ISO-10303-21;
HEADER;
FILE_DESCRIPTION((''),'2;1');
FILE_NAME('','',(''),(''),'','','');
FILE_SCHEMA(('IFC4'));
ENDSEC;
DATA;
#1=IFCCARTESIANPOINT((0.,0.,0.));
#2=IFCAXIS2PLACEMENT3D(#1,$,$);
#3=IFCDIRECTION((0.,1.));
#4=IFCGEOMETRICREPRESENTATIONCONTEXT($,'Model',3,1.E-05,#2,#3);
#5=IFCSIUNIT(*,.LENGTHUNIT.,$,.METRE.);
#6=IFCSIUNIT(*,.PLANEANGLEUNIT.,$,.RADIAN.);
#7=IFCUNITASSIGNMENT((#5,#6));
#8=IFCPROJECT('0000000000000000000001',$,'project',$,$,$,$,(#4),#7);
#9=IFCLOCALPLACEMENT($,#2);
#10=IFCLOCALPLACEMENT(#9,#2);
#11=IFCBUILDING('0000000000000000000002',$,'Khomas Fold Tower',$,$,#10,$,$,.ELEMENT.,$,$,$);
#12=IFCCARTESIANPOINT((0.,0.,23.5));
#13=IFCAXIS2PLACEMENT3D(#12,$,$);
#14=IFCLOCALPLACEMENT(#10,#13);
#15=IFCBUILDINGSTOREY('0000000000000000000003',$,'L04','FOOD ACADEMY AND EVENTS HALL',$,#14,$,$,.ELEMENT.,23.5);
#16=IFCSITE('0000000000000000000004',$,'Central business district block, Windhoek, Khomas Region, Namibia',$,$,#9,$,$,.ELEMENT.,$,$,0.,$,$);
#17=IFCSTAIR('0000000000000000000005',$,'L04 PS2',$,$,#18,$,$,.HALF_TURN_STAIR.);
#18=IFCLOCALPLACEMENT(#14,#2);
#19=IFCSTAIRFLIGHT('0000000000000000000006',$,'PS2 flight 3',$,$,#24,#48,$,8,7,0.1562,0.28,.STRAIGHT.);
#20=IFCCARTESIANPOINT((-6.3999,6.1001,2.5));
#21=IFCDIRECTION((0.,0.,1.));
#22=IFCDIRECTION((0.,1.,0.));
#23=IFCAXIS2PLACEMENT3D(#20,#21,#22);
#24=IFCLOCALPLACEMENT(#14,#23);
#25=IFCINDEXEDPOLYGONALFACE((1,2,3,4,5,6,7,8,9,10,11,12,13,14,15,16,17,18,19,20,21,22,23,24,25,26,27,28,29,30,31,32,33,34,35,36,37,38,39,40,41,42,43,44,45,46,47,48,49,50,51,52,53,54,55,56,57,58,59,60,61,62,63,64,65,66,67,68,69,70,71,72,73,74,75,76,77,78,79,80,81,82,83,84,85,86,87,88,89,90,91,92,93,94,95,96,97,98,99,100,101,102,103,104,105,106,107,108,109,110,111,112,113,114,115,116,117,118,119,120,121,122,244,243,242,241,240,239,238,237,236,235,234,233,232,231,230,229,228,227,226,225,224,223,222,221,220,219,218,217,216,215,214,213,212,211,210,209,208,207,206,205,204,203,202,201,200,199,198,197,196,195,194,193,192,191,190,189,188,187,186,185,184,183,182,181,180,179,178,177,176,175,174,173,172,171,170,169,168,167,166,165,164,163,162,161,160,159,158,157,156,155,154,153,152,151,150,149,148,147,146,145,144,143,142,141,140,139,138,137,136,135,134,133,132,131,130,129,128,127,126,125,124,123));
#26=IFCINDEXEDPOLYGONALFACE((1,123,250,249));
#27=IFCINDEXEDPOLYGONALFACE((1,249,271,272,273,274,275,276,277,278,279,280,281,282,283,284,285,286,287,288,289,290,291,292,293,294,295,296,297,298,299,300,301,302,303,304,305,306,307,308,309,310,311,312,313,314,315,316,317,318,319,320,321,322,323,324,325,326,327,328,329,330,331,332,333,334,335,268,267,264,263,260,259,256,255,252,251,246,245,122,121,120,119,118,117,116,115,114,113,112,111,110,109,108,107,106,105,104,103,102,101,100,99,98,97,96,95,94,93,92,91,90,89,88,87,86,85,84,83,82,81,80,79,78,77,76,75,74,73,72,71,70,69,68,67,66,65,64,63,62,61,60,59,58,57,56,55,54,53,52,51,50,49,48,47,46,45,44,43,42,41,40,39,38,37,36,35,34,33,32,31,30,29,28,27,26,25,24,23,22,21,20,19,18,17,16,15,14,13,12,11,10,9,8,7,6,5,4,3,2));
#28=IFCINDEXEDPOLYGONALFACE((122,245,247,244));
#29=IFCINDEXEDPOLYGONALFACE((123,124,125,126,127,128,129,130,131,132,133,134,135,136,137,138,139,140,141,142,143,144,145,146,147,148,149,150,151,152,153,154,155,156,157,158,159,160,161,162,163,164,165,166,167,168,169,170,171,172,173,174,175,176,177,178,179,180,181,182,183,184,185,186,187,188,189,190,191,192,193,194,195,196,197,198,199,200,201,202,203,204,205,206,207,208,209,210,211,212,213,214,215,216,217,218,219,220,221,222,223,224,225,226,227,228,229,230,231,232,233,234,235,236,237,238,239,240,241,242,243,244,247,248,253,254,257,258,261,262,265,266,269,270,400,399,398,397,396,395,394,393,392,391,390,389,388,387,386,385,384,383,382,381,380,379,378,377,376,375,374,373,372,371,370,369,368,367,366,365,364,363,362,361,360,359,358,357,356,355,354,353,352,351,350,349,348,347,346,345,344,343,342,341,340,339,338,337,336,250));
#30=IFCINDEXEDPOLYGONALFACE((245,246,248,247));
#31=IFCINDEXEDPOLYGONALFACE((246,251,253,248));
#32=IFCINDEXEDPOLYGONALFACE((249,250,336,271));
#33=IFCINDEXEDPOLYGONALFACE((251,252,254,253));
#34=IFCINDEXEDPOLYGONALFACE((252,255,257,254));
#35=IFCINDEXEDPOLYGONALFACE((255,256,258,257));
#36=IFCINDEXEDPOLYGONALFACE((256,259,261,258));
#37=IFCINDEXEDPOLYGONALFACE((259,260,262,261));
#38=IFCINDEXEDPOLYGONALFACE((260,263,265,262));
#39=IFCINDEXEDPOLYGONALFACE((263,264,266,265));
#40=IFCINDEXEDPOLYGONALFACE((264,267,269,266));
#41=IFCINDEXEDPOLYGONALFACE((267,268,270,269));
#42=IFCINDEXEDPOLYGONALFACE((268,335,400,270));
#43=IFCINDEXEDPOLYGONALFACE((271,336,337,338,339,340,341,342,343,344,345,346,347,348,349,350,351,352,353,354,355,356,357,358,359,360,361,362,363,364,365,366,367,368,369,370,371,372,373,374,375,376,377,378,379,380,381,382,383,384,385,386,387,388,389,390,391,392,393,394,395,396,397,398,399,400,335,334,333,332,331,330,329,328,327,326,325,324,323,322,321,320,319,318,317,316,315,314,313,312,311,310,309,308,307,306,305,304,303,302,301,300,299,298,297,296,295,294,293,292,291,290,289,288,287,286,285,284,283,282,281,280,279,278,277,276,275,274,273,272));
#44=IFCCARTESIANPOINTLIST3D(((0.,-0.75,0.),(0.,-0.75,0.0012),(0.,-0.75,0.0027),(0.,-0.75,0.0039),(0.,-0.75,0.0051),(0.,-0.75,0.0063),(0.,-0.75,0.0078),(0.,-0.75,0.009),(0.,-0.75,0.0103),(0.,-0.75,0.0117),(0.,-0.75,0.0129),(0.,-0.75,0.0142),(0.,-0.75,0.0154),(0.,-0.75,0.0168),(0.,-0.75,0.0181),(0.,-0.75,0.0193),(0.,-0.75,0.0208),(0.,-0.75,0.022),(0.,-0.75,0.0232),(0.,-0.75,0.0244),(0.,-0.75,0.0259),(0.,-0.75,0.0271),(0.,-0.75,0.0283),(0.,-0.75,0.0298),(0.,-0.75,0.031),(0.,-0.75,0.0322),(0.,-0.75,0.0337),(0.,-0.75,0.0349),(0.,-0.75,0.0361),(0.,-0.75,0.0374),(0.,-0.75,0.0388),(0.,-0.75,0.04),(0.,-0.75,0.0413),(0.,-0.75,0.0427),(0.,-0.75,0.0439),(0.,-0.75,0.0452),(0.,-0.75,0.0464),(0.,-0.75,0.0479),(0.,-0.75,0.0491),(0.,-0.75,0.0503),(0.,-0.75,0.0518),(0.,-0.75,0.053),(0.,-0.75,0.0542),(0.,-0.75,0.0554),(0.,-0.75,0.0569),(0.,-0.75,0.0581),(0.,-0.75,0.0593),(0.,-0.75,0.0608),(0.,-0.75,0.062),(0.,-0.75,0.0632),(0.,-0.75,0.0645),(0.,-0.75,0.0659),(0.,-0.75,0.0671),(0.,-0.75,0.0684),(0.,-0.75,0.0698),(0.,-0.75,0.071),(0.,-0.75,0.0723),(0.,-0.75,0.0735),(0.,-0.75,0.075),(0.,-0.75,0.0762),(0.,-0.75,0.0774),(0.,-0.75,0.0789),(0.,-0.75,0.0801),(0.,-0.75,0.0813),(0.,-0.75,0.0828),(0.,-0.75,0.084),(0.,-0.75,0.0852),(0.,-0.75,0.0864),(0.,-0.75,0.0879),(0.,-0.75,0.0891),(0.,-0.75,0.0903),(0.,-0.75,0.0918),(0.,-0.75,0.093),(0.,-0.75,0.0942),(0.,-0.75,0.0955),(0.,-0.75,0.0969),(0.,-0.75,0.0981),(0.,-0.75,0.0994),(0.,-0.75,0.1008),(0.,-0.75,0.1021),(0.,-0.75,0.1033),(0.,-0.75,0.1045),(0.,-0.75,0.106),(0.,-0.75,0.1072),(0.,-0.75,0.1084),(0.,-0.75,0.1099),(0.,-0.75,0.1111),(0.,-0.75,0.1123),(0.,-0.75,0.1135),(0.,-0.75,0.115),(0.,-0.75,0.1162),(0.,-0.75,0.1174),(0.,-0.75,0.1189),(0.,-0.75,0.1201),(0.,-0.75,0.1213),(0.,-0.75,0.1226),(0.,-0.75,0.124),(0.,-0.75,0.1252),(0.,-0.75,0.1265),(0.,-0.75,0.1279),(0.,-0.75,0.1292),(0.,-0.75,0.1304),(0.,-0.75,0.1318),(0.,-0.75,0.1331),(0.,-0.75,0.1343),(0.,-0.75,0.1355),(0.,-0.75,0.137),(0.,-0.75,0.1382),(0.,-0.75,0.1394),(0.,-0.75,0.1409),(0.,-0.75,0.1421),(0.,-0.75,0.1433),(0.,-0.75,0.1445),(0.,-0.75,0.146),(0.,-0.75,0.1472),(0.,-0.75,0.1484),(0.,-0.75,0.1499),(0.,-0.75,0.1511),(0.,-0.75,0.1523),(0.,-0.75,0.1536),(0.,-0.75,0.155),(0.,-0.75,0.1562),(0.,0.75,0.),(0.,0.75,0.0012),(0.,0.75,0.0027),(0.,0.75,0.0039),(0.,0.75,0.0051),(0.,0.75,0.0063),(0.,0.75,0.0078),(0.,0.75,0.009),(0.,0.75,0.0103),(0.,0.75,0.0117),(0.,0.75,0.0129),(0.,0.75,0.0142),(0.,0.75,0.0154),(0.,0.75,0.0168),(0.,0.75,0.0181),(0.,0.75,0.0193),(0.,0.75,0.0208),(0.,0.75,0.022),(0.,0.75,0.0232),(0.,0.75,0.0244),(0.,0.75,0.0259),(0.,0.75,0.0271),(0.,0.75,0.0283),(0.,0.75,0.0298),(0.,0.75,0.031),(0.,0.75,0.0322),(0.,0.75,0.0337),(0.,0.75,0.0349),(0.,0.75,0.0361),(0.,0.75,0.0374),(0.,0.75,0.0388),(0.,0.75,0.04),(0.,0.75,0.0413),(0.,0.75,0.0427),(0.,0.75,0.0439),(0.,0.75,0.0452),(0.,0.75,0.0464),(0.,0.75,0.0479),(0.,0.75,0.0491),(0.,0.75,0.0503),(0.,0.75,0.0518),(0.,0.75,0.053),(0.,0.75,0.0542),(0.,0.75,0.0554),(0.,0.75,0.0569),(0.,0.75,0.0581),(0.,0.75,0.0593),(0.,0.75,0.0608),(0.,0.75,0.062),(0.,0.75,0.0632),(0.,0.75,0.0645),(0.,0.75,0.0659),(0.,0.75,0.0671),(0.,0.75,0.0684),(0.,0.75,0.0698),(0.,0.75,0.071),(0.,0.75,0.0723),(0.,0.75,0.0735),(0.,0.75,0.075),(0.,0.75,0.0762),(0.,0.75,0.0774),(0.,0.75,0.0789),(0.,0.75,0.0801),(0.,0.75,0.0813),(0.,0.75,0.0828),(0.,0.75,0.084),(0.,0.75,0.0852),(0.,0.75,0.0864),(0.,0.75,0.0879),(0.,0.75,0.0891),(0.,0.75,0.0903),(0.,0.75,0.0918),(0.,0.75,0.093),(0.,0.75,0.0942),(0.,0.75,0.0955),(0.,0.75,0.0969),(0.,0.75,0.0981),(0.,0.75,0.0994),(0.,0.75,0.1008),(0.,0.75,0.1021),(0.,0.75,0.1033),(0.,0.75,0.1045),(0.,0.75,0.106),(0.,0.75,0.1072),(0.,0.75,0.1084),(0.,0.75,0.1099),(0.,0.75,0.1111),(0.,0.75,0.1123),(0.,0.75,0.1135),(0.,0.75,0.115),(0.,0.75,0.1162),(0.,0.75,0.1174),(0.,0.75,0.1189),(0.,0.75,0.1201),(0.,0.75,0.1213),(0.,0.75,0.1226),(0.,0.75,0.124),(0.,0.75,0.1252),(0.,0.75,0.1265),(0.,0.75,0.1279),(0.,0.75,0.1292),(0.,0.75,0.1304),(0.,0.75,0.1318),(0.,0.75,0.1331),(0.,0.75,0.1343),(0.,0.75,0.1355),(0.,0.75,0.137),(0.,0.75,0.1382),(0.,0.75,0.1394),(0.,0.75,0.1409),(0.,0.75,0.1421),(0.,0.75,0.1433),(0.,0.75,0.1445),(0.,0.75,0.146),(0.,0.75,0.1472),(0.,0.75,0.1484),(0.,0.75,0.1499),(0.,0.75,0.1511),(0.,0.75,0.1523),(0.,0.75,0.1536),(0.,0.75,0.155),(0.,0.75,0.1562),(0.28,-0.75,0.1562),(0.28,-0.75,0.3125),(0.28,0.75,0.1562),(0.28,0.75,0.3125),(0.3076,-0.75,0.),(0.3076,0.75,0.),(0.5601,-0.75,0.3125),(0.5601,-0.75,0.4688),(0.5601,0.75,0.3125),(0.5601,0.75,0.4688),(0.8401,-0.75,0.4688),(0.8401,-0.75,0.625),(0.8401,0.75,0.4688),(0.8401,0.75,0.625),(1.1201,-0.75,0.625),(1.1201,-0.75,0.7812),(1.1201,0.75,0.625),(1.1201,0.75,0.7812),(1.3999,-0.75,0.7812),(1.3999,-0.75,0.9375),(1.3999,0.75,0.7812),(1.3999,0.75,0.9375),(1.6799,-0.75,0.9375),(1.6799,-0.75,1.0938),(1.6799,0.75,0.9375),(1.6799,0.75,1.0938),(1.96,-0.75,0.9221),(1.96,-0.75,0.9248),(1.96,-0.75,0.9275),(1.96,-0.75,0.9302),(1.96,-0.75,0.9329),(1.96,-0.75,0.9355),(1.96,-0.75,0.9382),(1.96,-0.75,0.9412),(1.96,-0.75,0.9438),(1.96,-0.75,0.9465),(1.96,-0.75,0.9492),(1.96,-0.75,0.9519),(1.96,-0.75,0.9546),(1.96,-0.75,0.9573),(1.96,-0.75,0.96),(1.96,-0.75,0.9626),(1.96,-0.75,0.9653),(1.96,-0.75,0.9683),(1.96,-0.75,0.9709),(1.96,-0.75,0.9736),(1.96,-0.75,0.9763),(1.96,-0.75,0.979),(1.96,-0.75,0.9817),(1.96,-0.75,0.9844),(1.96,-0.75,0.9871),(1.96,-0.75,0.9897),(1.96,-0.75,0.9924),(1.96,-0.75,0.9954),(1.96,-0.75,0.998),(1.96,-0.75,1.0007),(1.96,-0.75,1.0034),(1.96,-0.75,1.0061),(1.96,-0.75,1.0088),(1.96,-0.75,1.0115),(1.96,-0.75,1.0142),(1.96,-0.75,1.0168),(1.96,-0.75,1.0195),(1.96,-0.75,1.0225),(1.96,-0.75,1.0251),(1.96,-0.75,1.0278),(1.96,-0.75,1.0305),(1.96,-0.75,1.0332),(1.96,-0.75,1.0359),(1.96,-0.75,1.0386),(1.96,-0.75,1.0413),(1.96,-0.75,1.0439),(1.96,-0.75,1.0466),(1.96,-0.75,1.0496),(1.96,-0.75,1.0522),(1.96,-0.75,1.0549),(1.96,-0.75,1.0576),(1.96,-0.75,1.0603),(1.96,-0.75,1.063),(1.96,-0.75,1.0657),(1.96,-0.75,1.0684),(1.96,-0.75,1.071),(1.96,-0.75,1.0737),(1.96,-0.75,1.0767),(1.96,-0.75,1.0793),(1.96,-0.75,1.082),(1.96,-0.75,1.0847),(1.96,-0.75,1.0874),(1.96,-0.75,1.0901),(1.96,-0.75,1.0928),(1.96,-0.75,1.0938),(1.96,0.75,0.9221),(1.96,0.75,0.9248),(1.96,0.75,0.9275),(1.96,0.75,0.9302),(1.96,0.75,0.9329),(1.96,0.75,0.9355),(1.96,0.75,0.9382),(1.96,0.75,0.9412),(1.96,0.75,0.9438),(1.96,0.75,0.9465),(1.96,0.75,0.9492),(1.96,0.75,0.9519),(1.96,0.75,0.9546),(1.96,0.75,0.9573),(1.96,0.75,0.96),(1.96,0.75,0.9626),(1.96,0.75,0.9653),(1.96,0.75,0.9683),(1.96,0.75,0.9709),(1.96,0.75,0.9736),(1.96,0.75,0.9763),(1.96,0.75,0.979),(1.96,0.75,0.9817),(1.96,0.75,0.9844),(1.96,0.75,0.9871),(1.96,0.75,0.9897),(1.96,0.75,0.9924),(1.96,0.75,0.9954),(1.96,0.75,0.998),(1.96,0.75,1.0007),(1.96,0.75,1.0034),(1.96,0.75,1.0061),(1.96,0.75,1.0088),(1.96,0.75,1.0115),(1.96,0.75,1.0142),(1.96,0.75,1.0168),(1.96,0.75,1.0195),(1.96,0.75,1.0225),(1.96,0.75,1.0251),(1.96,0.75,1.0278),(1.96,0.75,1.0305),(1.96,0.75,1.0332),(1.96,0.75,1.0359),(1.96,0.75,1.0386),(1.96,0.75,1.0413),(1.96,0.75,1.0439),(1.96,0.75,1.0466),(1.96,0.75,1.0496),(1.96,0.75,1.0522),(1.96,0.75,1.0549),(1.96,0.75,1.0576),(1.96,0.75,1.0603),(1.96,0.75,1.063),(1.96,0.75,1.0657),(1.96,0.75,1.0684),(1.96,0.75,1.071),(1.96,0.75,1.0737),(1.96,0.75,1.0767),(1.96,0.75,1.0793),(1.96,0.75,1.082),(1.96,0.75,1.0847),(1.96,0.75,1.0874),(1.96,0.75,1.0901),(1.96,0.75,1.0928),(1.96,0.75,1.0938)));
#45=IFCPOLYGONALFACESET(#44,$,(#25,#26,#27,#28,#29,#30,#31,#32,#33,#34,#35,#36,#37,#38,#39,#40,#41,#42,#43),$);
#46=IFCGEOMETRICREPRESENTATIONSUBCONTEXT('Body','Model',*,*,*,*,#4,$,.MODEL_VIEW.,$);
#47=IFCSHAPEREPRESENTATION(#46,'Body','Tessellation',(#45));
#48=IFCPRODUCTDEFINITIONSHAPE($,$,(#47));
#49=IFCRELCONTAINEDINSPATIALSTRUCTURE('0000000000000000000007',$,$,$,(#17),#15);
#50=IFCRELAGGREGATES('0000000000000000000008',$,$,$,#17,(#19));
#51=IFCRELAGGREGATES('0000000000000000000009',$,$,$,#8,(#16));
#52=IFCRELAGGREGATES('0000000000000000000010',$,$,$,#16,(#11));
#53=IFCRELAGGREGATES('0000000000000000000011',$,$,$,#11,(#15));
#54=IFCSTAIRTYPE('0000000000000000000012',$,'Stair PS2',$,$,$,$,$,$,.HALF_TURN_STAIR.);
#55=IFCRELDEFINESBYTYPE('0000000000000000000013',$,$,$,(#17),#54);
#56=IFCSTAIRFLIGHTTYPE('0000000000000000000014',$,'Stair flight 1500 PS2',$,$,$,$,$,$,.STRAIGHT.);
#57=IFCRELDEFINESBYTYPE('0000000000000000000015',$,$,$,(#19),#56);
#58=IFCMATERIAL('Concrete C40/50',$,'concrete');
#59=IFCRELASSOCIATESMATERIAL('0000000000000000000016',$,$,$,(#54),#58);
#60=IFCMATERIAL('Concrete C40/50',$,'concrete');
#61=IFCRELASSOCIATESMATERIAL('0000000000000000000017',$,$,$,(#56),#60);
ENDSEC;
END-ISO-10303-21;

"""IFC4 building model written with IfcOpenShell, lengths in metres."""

from ifc_helpers import new_model, si_unit, direction, frame, origin, place, context, subcontext, project, spatial, polyline, outline, extrude, source, transform, mapped, material, type_object, element, aggregate, save


model = new_model("IFC4")

# Units and contexts
model_context = context("Model", 3, precision=1e-05, world=origin(), true_north=direction((0.0, 1.0)))
body_context = subcontext(model_context, "Body", "Model", "MODEL_VIEW")
ifc_project = project(units=[si_unit("LENGTHUNIT", "METRE"), si_unit("PLANEANGLEUNIT", "RADIAN")], contexts=[model_context])

# Site, building, storey
site_placement = place(None, origin())
site = spatial("IfcSite", under=ifc_project, at=site_placement, Name="Central business district block, Windhoek, Khomas Region, Namibia", CompositionType="ELEMENT", RefElevation=0.0)
building_placement = place(site_placement, origin())
building = spatial("IfcBuilding", under=site, at=building_placement, Name="Khomas Fold Tower", CompositionType="ELEMENT")
storey_placement = place(building_placement, frame((0.0, 0.0, 23.5)))
storey = spatial("IfcBuildingStorey", under=building, at=storey_placement, Name="L04", Description="FOOD ACADEMY AND EVENTS HALL", CompositionType="ELEMENT", Elevation=23.5)

# Stair, stair flight
ifc_material_1 = material(Name="Concrete C40/50", Category="concrete")
stair_type = type_object("IfcStairType", Name="Stair PS2", PredefinedType="HALF_TURN_STAIR", material=ifc_material_1)
stair_placement = place(storey_placement, origin())
stair = element("IfcStair", 1, at=stair_placement, inside=storey, type_object=stair_type, Name="L04 PS2", PredefinedType="HALF_TURN_STAIR")
ifc_material_2 = material(Name="Concrete C40/50", Category="concrete")
stair_flight_type = type_object("IfcStairFlightType", Name="Stair flight 1500 PS2", PredefinedType="STRAIGHT", material=ifc_material_2)
shared_shape_1 = source(origin(), body_context, "Body", "SweptSolid", [
    extrude(outline(polyline([(0.0, 0.0), (0.0, 0.0012), (0.0, 0.0027), (0.0, 0.0039), (0.0, 0.0051), (0.0, 0.0063), (0.0, 0.0078), (0.0, 0.009), (0.0, 0.0103), (0.0, 0.0117), (0.0, 0.0129), (0.0, 0.0142), (0.0, 0.0154), (0.0, 0.0168), (0.0, 0.0181), (0.0, 0.0193), (0.0, 0.0208), (0.0, 0.022), (0.0, 0.0232), (0.0, 0.0244), (0.0, 0.0259), (0.0, 0.0271), (0.0, 0.0283), (0.0, 0.0298), (0.0, 0.031), (0.0, 0.0322), (0.0, 0.0337), (0.0, 0.0349), (0.0, 0.0361), (0.0, 0.0374), (0.0, 0.0388), (0.0, 0.04), (0.0, 0.0413), (0.0, 0.0427), (0.0, 0.0439), (0.0, 0.0452), (0.0, 0.0464), (0.0, 0.0479), (0.0, 0.0491), (0.0, 0.0503), (0.0, 0.0518), (0.0, 0.053), (0.0, 0.0542), (0.0, 0.0554), (0.0, 0.0569), (0.0, 0.0581), (0.0, 0.0593), (0.0, 0.0608), (0.0, 0.062), (0.0, 0.0632), (0.0, 0.0645), (0.0, 0.0659), (0.0, 0.0671), (0.0, 0.0684), (0.0, 0.0698), (0.0, 0.071), (0.0, 0.0723), (0.0, 0.0735), (0.0, 0.075), (0.0, 0.0762), (0.0, 0.0774), (0.0, 0.0789), (0.0, 0.0801), (0.0, 0.0813), (0.0, 0.0828), (0.0, 0.084), (0.0, 0.0852), (0.0, 0.0864), (0.0, 0.0879), (0.0, 0.0891), (0.0, 0.0903), (0.0, 0.0918), (0.0, 0.093), (0.0, 0.0942), (0.0, 0.0955), (0.0, 0.0969), (0.0, 0.0981), (0.0, 0.0994), (0.0, 0.1008), (0.0, 0.1021), (0.0, 0.1033), (0.0, 0.1045), (0.0, 0.106), (0.0, 0.1072), (0.0, 0.1084), (0.0, 0.1099), (0.0, 0.1111), (0.0, 0.1123), (0.0, 0.1135), (0.0, 0.115), (0.0, 0.1162), (0.0, 0.1174), (0.0, 0.1189), (0.0, 0.1201), (0.0, 0.1213), (0.0, 0.1226), (0.0, 0.124), (0.0, 0.1252), (0.0, 0.1265), (0.0, 0.1279), (0.0, 0.1292), (0.0, 0.1304), (0.0, 0.1318), (0.0, 0.1331), (0.0, 0.1343), (0.0, 0.1355), (0.0, 0.137), (0.0, 0.1382), (0.0, 0.1394), (0.0, 0.1409), (0.0, 0.1421), (0.0, 0.1433), (0.0, 0.1445), (0.0, 0.146), (0.0, 0.1472), (0.0, 0.1484), (0.0, 0.1499), (0.0, 0.1511), (0.0, 0.1523), (0.0, 0.1536), (0.0, 0.155), (0.0, 0.1562), (0.28, 0.1562), (0.28, 0.3125), (0.5601, 0.3125), (0.5601, 0.4688), (0.8401, 0.4688), (0.8401, 0.625), (1.1201, 0.625), (1.1201, 0.7812), (1.3999, 0.7812), (1.3999, 0.9375), (1.6799, 0.9375), (1.6799, 1.0938), (1.96, 1.0938), (1.96, 1.25), (1.96, 1.2473), (1.96, 1.2446), (1.96, 1.2419), (1.96, 1.2393), (1.96, 1.2363), (1.96, 1.2336), (1.96, 1.231), (1.96, 1.2283), (1.96, 1.2256), (1.96, 1.2229), (1.96, 1.2202), (1.96, 1.2175), (1.96, 1.2148), (1.96, 1.2122), (1.96, 1.2092), (1.96, 1.2065), (1.96, 1.2039), (1.96, 1.2012), (1.96, 1.1985), (1.96, 1.1958), (1.96, 1.1931), (1.96, 1.1904), (1.96, 1.1877), (1.96, 1.1851), (1.96, 1.1821), (1.96, 1.1794), (1.96, 1.1768), (1.96, 1.1741), (1.96, 1.1714), (1.96, 1.1687), (1.96, 1.166), (1.96, 1.1633), (1.96, 1.1606), (1.96, 1.158), (1.96, 1.155), (1.96, 1.1523), (1.96, 1.1497), (1.96, 1.147), (1.96, 1.1443), (1.96, 1.1416), (1.96, 1.1389), (1.96, 1.1362), (1.96, 1.1335), (1.96, 1.1309), (1.96, 1.1279), (1.96, 1.1252), (1.96, 1.1226), (1.96, 1.1199), (1.96, 1.1172), (1.96, 1.1145), (1.96, 1.1118), (1.96, 1.1091), (1.96, 1.1064), (1.96, 1.1038), (1.96, 1.1008), (1.96, 1.0981), (1.96, 1.0955), (1.96, 1.0928), (1.96, 1.0901), (1.96, 1.0874), (1.96, 1.0847), (1.96, 1.082), (1.96, 1.0793), (1.96, 1.0767), (1.96, 1.0737), (1.96, 1.071), (1.96, 1.0684), (1.96, 1.0657), (1.96, 1.063), (1.96, 1.0603), (1.96, 1.0576), (1.96, 1.0549), (1.96, 1.0522), (1.96, 1.0496), (1.96, 1.0466), (1.96, 1.0439), (1.96, 1.0413), (1.96, 1.0386), (1.96, 1.0359), (1.96, 1.0332), (1.96, 1.0305), (1.96, 1.0278), (1.96, 1.0251), (1.96, 1.0225), (1.96, 1.0195), (1.96, 1.0168), (1.96, 1.0142), (1.96, 1.0115), (1.96, 1.0088), (1.96, 1.0061), (1.96, 1.0034), (1.96, 1.0007), (1.96, 0.998), (1.96, 0.9954), (1.96, 0.9924), (1.96, 0.9897), (1.96, 0.9871), (1.96, 0.9844), (1.96, 0.9817), (1.96, 0.979), (1.96, 0.9763), (1.96, 0.9736), (1.96, 0.9709), (1.96, 0.9683), (1.96, 0.9653), (1.96, 0.9626), (1.96, 0.96), (1.96, 0.9573), (1.96, 0.9546), (1.96, 0.9519), (1.96, 0.9492), (1.96, 0.9465), (1.96, 0.9438), (1.96, 0.9412), (1.96, 0.9382), (1.96, 0.9355), (1.96, 0.9329), (1.96, 0.9302), (1.96, 0.9275), (1.96, 0.9248), (1.96, 0.9221), (0.3076, 0.0), (0.0, 0.0)])), frame((0.0, 0.75, 0.0), z_axis=(0.0, -1.0, 0.0), x_axis=(1.0, 0.0, 0.0)), (0.0, 0.0, 1.0), 1.5),
])
stair_flight_1_placement = place(storey_placement, frame((-6.3999, 6.1001, 2.5), z_axis=(0.0, 0.0, 1.0), x_axis=(0.0, 1.0, 0.0)))
stair_flight_1 = element("IfcStairFlight", 2, at=stair_flight_1_placement, type_object=stair_flight_type, Name="PS2 flight 3", NumberOfRisers=8, NumberOfTreads=7, PredefinedType="STRAIGHT", RiserHeight=0.1562, TreadLength=0.28, context=body_context, shape_type="MappedRepresentation", body=[
    mapped(shared_shape_1, transform((0.0, 0.0, 0.0))),
])
aggregate(stair, [stair_flight_1])

save(model, "model.ifc")
